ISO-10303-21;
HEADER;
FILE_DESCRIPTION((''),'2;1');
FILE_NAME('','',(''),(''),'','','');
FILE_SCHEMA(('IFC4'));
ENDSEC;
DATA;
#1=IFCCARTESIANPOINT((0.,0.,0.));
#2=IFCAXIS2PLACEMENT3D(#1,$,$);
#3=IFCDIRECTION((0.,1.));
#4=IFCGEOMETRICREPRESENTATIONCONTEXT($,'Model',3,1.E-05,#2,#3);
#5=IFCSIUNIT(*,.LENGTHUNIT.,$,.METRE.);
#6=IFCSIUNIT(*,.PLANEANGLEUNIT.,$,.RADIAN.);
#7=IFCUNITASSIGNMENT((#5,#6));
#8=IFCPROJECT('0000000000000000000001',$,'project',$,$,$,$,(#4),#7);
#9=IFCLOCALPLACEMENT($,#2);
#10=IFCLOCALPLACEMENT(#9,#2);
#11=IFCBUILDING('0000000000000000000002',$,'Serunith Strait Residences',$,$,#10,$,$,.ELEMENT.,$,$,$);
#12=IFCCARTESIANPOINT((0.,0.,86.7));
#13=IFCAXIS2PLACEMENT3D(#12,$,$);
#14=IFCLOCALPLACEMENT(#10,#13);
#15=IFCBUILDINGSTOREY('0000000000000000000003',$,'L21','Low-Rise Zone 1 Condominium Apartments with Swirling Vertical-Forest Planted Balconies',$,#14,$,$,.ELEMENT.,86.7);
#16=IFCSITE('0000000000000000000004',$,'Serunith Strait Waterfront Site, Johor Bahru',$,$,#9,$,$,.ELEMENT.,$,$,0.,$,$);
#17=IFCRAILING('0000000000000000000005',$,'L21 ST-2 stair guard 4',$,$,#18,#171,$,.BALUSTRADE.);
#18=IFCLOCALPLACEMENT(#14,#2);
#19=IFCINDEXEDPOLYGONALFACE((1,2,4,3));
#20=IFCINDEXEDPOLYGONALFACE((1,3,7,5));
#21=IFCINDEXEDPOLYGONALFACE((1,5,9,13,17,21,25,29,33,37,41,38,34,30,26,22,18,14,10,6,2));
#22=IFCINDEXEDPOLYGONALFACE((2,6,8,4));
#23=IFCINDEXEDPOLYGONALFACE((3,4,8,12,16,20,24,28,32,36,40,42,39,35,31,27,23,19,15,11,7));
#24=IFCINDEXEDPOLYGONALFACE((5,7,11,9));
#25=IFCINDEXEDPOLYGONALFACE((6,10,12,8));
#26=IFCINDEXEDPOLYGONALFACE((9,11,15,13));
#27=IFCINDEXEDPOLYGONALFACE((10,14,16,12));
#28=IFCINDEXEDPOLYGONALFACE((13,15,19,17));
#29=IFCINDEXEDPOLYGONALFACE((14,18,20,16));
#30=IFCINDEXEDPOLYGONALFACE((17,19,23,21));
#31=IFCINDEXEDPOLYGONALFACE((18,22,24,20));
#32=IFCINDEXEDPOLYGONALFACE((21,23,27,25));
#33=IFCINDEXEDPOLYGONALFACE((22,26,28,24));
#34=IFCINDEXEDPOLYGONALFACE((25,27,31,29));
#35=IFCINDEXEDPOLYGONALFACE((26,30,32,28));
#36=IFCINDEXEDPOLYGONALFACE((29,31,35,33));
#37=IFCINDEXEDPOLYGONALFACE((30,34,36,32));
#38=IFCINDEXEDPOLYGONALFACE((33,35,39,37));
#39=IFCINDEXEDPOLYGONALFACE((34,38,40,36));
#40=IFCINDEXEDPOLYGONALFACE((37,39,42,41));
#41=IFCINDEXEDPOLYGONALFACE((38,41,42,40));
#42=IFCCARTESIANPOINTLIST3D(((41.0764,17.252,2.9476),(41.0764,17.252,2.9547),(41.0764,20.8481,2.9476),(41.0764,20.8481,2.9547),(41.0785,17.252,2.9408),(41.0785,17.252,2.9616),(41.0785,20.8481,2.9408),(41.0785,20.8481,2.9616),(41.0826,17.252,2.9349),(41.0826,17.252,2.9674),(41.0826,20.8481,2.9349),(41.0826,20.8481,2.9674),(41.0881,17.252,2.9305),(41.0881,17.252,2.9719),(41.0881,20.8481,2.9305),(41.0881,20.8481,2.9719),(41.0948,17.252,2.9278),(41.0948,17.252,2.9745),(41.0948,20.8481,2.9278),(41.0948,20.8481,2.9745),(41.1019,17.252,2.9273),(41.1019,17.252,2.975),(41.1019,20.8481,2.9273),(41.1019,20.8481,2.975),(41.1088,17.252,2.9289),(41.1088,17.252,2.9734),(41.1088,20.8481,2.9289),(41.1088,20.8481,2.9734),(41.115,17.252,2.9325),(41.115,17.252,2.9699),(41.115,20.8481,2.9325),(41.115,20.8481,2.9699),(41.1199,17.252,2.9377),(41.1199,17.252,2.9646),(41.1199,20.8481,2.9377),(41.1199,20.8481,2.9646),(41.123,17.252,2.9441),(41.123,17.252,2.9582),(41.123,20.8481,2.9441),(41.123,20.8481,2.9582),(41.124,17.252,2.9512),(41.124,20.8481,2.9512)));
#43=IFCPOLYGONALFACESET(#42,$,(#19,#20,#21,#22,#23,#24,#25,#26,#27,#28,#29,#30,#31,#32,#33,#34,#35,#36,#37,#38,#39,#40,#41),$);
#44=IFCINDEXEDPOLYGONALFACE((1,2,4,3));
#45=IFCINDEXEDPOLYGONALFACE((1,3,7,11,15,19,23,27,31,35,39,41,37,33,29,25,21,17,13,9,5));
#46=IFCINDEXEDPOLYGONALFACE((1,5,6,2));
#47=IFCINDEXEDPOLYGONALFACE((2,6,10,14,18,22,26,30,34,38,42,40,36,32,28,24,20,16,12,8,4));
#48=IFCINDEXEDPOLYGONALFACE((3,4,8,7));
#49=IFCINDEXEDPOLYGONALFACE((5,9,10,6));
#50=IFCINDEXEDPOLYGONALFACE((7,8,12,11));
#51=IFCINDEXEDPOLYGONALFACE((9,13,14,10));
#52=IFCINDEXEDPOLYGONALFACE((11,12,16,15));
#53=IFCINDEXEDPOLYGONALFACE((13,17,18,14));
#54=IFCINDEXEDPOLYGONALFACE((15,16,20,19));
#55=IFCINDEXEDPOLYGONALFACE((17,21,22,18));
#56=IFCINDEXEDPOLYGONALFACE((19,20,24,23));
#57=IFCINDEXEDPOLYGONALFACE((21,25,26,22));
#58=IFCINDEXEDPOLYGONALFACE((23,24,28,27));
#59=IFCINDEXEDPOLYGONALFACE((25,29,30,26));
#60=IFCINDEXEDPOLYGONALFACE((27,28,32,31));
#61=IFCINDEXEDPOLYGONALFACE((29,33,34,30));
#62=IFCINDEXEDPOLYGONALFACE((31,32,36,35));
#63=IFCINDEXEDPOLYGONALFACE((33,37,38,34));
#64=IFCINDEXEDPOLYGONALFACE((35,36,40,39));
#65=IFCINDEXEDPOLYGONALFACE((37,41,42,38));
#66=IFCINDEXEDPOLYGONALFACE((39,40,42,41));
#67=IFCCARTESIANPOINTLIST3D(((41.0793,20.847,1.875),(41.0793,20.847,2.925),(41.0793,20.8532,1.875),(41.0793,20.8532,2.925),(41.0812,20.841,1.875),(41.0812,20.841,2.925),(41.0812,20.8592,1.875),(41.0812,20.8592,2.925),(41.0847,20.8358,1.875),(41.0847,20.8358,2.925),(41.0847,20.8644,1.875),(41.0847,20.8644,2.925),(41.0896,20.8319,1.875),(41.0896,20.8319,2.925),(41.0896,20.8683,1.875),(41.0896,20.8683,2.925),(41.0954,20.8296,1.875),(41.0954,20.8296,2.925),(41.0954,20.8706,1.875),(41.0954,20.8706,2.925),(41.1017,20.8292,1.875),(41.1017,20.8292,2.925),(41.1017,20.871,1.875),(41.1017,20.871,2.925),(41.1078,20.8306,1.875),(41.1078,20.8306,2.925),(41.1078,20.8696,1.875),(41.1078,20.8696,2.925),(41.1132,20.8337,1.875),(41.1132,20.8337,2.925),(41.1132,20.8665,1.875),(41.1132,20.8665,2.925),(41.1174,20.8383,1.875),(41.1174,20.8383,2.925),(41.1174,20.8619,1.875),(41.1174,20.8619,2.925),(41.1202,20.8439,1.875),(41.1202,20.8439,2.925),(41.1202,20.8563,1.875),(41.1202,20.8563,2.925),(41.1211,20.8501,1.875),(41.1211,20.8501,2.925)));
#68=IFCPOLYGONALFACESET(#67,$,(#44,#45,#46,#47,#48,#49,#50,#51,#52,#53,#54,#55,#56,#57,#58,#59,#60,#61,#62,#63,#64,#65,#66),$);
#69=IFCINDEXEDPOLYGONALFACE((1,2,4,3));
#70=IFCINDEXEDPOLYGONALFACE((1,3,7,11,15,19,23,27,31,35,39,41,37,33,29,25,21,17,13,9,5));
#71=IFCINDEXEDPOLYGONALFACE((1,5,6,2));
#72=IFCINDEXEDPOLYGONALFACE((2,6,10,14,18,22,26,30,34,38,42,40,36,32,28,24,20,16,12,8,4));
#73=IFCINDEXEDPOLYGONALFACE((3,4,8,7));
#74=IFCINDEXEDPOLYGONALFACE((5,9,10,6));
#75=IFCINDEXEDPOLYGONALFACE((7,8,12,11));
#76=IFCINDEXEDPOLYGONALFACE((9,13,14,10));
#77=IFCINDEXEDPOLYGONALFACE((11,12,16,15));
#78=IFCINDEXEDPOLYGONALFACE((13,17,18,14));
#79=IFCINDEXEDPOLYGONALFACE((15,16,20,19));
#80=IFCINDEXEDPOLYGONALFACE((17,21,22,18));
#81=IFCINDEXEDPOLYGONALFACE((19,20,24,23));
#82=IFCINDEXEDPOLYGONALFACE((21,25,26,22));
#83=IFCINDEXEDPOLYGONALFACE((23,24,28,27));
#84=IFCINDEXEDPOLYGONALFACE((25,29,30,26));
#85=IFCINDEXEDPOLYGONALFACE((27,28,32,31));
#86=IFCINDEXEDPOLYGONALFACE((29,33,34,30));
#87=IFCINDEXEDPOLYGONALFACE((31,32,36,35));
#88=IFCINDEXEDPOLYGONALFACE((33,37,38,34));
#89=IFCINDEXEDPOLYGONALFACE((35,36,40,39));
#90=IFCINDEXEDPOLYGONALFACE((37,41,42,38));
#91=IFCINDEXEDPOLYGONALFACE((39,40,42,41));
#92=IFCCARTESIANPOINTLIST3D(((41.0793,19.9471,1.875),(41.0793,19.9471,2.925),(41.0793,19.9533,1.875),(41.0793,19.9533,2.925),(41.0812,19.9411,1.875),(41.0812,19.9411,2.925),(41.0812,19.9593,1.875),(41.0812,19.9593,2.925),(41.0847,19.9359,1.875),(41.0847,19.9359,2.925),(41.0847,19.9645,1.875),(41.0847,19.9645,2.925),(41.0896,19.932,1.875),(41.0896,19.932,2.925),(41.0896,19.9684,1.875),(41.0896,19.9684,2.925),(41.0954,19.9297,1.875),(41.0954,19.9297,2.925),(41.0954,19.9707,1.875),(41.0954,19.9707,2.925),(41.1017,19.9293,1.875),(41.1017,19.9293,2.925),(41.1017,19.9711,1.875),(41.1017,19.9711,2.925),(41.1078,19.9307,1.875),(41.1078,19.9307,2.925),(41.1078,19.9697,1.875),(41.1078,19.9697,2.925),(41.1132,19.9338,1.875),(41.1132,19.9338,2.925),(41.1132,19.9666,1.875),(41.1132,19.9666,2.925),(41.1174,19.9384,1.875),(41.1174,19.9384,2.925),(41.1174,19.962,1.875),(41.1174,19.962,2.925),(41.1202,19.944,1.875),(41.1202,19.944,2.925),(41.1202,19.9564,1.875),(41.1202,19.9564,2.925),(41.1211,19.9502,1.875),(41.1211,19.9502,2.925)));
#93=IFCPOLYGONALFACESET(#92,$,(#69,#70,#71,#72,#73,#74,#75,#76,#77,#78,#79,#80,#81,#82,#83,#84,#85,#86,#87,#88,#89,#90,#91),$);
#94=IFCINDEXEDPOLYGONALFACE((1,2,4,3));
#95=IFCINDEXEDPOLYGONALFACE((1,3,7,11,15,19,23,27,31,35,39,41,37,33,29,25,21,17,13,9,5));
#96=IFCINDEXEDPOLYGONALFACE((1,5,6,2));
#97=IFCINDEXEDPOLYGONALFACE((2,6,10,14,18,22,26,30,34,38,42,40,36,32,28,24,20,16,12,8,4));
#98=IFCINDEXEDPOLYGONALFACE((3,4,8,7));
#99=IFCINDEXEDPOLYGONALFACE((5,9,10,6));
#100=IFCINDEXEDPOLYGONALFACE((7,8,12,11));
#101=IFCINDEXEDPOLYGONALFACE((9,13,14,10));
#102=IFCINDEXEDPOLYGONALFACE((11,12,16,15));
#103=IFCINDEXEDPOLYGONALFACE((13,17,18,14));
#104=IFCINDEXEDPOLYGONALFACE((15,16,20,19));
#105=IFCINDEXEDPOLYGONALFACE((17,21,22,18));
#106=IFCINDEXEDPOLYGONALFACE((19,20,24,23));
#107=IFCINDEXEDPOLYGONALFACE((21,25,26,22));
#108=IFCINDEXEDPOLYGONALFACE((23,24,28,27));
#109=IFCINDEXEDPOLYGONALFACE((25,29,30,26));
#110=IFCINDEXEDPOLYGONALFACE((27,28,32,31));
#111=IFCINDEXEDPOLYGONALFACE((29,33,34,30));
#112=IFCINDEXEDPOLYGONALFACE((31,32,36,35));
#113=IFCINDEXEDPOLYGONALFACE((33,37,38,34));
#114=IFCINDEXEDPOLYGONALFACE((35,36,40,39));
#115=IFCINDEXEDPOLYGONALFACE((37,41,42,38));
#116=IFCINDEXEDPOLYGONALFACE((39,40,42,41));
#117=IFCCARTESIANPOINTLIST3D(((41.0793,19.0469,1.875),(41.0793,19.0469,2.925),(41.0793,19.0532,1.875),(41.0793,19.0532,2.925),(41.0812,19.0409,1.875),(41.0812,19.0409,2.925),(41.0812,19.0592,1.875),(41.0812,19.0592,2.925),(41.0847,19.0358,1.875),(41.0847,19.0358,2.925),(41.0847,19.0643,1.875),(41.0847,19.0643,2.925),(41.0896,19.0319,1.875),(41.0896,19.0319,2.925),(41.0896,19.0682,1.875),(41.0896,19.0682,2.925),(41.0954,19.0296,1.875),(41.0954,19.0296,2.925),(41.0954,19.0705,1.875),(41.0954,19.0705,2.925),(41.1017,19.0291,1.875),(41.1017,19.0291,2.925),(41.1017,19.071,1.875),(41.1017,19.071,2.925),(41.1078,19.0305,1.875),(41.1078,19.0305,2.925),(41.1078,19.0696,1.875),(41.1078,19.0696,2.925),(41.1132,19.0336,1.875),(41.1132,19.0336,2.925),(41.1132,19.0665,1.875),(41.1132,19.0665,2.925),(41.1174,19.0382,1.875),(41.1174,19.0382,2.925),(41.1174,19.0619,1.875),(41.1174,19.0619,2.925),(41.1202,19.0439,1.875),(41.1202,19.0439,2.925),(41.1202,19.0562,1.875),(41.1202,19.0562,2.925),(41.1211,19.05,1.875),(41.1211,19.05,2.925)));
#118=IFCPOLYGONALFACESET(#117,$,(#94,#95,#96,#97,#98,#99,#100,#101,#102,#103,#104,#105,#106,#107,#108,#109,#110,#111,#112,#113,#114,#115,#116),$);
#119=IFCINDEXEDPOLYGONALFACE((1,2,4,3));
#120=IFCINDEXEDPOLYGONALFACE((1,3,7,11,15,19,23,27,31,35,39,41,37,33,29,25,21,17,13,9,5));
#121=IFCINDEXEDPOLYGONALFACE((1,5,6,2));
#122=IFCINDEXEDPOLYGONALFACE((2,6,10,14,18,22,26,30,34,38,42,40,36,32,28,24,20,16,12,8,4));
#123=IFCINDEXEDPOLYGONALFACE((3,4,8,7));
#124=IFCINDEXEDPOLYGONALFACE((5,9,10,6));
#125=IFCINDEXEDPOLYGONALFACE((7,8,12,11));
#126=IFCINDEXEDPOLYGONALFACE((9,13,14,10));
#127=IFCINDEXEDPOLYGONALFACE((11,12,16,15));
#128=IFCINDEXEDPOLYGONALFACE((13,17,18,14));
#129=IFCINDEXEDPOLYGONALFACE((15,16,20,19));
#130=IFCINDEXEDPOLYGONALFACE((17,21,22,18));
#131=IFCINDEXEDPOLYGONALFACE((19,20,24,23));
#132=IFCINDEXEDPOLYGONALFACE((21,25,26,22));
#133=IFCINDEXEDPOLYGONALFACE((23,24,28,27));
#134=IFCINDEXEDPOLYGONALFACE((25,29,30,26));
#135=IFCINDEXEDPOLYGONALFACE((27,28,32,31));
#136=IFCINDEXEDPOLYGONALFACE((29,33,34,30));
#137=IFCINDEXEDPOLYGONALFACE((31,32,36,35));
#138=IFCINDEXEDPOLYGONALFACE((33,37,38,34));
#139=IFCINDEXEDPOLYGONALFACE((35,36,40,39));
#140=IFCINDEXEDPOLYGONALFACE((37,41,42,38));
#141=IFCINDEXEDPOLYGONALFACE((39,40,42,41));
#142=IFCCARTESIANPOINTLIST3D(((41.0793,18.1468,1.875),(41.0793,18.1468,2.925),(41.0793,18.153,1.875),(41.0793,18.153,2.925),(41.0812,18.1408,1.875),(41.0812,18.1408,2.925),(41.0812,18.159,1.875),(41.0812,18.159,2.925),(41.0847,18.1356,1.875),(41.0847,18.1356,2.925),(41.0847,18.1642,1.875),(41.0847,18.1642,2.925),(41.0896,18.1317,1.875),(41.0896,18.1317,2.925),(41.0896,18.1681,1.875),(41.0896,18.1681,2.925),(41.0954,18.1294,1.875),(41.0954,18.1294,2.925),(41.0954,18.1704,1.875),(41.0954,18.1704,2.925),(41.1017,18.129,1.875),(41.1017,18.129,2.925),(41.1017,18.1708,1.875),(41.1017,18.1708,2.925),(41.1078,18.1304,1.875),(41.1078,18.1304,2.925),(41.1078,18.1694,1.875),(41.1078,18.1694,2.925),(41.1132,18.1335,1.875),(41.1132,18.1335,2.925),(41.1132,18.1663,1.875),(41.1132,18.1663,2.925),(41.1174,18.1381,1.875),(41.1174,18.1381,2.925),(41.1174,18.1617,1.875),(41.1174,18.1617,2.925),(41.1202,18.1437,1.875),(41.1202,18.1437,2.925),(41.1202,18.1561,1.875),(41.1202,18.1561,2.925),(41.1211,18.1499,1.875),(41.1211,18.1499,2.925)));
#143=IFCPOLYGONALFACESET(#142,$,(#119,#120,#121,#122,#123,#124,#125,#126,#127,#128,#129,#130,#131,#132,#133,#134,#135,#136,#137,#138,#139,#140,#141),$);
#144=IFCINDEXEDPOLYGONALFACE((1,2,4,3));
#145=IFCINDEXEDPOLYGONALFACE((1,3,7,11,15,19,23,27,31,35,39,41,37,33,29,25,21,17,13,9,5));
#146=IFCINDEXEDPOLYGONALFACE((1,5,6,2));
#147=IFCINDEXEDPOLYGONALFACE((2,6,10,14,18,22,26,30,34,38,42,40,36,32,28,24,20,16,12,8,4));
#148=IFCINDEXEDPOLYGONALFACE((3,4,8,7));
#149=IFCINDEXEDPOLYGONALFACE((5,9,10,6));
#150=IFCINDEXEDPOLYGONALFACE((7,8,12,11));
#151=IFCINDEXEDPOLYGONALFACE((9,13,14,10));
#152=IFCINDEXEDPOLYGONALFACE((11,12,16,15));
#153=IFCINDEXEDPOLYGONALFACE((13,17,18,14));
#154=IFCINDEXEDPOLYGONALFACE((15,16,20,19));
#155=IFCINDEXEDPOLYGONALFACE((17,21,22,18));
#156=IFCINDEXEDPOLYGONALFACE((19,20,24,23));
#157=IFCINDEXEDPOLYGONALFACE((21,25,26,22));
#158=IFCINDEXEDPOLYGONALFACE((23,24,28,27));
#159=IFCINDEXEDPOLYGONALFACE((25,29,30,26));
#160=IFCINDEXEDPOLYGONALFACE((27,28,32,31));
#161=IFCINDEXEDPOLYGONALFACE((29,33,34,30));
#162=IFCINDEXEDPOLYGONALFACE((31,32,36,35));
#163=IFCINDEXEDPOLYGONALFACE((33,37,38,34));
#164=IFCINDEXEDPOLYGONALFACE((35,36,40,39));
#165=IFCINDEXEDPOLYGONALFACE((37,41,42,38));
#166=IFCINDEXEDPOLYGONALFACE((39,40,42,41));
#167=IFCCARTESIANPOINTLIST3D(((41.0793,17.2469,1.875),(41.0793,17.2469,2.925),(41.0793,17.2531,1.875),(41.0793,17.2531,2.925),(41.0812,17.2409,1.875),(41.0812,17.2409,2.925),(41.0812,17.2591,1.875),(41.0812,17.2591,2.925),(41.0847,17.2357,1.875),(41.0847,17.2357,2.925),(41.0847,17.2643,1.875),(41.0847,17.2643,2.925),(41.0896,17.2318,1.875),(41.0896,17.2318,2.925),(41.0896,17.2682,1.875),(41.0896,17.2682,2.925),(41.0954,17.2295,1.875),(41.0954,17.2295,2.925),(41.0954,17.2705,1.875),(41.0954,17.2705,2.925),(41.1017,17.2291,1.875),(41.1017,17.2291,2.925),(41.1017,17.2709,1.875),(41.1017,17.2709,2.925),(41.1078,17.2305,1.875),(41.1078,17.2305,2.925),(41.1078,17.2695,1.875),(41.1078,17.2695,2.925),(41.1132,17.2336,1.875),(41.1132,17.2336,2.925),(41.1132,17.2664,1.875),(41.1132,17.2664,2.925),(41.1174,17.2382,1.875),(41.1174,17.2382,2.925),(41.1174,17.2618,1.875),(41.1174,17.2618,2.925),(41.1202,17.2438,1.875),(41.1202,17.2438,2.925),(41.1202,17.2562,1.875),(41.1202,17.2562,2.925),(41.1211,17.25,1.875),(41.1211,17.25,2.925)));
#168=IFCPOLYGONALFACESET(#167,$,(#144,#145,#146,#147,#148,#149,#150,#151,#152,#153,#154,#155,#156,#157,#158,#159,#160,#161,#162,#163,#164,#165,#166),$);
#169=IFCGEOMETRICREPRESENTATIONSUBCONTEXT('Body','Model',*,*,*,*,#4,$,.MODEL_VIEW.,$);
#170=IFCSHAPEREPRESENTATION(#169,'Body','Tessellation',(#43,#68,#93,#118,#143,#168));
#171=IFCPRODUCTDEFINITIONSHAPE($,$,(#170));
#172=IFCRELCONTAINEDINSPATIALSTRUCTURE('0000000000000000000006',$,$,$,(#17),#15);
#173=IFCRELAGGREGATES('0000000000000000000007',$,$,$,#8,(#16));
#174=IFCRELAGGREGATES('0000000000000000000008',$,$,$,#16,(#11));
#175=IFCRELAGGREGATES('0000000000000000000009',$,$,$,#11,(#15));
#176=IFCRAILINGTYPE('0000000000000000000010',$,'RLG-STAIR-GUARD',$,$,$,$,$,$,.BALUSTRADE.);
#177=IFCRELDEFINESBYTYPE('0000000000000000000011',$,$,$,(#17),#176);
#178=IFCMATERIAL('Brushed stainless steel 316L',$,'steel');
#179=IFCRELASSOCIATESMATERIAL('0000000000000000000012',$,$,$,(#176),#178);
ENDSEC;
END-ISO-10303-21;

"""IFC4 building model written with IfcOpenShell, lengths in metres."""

from ifc_helpers import new_model, si_unit, direction, frame, origin, origin_2d, place, context, subcontext, project, spatial, circle, extrude, material, type_object, element, save


model = new_model("IFC4")

# Units and contexts
model_context = context("Model", 3, precision=1e-05, world=origin(), true_north=direction((0.0, 1.0)))
body_context = subcontext(model_context, "Body", "Model", "MODEL_VIEW")
ifc_project = project(units=[si_unit("LENGTHUNIT", "METRE"), si_unit("PLANEANGLEUNIT", "RADIAN")], contexts=[model_context])

# Site, building, storey
site_placement = place(None, origin())
site = spatial("IfcSite", under=ifc_project, at=site_placement, Name="Serunith Strait Waterfront Site, Johor Bahru", CompositionType="ELEMENT", RefElevation=0.0)
building_placement = place(site_placement, origin())
building = spatial("IfcBuilding", under=site, at=building_placement, Name="Serunith Strait Residences", CompositionType="ELEMENT")
storey_placement = place(building_placement, frame((0.0, 0.0, 86.7)))
storey = spatial("IfcBuildingStorey", under=building, at=storey_placement, Name="L21", Description="Low-Rise Zone 1 Condominium Apartments with Swirling Vertical-Forest Planted Balconies", CompositionType="ELEMENT", Elevation=86.7)

# Railing
ifc_material_1 = material(Name="Brushed stainless steel 316L", Category="steel")
railing_type_1 = type_object("IfcRailingType", Name="RLG-STAIR-GUARD", PredefinedType="BALUSTRADE", material=ifc_material_1)
for number, where, name in (
    (1, (41.1001, 20.8501, 1.875), "L21 ST-2 stair guard 4"),
):
    element("IfcRailing", number, at=place(storey_placement, frame(where)), inside=storey, type_object=railing_type_1, Name=name, PredefinedType="BALUSTRADE", context=body_context, shape_type="SweptSolid", body=[
        extrude(circle(Radius=0.0239, at=origin_2d()), frame((0.0, -0.002, 1.0762), z_axis=(0.0, -1.0, 0.0), x_axis=(1.0, 0.0, 0.0)), (0.0, 0.0, 1.0), 3.5962),
        extrude(circle(Radius=0.021, at=origin_2d()), origin(), (0.0, 0.0, 1.0), 1.05),
        extrude(circle(Radius=0.021, at=origin_2d()), frame((0.0, -0.8999, 0.0)), (0.0, 0.0, 1.0), 1.05),
        extrude(circle(Radius=0.021, at=origin_2d()), frame((0.0, -1.8, 0.0)), (0.0, 0.0, 1.0), 1.05),
        extrude(circle(Radius=0.021, at=origin_2d()), frame((0.0, -2.7002, 0.0)), (0.0, 0.0, 1.0), 1.05),
        extrude(circle(Radius=0.021, at=origin_2d()), frame((0.0, -3.6001, 0.0)), (0.0, 0.0, 1.0), 1.05),
    ])

save(model, "model.ifc")
